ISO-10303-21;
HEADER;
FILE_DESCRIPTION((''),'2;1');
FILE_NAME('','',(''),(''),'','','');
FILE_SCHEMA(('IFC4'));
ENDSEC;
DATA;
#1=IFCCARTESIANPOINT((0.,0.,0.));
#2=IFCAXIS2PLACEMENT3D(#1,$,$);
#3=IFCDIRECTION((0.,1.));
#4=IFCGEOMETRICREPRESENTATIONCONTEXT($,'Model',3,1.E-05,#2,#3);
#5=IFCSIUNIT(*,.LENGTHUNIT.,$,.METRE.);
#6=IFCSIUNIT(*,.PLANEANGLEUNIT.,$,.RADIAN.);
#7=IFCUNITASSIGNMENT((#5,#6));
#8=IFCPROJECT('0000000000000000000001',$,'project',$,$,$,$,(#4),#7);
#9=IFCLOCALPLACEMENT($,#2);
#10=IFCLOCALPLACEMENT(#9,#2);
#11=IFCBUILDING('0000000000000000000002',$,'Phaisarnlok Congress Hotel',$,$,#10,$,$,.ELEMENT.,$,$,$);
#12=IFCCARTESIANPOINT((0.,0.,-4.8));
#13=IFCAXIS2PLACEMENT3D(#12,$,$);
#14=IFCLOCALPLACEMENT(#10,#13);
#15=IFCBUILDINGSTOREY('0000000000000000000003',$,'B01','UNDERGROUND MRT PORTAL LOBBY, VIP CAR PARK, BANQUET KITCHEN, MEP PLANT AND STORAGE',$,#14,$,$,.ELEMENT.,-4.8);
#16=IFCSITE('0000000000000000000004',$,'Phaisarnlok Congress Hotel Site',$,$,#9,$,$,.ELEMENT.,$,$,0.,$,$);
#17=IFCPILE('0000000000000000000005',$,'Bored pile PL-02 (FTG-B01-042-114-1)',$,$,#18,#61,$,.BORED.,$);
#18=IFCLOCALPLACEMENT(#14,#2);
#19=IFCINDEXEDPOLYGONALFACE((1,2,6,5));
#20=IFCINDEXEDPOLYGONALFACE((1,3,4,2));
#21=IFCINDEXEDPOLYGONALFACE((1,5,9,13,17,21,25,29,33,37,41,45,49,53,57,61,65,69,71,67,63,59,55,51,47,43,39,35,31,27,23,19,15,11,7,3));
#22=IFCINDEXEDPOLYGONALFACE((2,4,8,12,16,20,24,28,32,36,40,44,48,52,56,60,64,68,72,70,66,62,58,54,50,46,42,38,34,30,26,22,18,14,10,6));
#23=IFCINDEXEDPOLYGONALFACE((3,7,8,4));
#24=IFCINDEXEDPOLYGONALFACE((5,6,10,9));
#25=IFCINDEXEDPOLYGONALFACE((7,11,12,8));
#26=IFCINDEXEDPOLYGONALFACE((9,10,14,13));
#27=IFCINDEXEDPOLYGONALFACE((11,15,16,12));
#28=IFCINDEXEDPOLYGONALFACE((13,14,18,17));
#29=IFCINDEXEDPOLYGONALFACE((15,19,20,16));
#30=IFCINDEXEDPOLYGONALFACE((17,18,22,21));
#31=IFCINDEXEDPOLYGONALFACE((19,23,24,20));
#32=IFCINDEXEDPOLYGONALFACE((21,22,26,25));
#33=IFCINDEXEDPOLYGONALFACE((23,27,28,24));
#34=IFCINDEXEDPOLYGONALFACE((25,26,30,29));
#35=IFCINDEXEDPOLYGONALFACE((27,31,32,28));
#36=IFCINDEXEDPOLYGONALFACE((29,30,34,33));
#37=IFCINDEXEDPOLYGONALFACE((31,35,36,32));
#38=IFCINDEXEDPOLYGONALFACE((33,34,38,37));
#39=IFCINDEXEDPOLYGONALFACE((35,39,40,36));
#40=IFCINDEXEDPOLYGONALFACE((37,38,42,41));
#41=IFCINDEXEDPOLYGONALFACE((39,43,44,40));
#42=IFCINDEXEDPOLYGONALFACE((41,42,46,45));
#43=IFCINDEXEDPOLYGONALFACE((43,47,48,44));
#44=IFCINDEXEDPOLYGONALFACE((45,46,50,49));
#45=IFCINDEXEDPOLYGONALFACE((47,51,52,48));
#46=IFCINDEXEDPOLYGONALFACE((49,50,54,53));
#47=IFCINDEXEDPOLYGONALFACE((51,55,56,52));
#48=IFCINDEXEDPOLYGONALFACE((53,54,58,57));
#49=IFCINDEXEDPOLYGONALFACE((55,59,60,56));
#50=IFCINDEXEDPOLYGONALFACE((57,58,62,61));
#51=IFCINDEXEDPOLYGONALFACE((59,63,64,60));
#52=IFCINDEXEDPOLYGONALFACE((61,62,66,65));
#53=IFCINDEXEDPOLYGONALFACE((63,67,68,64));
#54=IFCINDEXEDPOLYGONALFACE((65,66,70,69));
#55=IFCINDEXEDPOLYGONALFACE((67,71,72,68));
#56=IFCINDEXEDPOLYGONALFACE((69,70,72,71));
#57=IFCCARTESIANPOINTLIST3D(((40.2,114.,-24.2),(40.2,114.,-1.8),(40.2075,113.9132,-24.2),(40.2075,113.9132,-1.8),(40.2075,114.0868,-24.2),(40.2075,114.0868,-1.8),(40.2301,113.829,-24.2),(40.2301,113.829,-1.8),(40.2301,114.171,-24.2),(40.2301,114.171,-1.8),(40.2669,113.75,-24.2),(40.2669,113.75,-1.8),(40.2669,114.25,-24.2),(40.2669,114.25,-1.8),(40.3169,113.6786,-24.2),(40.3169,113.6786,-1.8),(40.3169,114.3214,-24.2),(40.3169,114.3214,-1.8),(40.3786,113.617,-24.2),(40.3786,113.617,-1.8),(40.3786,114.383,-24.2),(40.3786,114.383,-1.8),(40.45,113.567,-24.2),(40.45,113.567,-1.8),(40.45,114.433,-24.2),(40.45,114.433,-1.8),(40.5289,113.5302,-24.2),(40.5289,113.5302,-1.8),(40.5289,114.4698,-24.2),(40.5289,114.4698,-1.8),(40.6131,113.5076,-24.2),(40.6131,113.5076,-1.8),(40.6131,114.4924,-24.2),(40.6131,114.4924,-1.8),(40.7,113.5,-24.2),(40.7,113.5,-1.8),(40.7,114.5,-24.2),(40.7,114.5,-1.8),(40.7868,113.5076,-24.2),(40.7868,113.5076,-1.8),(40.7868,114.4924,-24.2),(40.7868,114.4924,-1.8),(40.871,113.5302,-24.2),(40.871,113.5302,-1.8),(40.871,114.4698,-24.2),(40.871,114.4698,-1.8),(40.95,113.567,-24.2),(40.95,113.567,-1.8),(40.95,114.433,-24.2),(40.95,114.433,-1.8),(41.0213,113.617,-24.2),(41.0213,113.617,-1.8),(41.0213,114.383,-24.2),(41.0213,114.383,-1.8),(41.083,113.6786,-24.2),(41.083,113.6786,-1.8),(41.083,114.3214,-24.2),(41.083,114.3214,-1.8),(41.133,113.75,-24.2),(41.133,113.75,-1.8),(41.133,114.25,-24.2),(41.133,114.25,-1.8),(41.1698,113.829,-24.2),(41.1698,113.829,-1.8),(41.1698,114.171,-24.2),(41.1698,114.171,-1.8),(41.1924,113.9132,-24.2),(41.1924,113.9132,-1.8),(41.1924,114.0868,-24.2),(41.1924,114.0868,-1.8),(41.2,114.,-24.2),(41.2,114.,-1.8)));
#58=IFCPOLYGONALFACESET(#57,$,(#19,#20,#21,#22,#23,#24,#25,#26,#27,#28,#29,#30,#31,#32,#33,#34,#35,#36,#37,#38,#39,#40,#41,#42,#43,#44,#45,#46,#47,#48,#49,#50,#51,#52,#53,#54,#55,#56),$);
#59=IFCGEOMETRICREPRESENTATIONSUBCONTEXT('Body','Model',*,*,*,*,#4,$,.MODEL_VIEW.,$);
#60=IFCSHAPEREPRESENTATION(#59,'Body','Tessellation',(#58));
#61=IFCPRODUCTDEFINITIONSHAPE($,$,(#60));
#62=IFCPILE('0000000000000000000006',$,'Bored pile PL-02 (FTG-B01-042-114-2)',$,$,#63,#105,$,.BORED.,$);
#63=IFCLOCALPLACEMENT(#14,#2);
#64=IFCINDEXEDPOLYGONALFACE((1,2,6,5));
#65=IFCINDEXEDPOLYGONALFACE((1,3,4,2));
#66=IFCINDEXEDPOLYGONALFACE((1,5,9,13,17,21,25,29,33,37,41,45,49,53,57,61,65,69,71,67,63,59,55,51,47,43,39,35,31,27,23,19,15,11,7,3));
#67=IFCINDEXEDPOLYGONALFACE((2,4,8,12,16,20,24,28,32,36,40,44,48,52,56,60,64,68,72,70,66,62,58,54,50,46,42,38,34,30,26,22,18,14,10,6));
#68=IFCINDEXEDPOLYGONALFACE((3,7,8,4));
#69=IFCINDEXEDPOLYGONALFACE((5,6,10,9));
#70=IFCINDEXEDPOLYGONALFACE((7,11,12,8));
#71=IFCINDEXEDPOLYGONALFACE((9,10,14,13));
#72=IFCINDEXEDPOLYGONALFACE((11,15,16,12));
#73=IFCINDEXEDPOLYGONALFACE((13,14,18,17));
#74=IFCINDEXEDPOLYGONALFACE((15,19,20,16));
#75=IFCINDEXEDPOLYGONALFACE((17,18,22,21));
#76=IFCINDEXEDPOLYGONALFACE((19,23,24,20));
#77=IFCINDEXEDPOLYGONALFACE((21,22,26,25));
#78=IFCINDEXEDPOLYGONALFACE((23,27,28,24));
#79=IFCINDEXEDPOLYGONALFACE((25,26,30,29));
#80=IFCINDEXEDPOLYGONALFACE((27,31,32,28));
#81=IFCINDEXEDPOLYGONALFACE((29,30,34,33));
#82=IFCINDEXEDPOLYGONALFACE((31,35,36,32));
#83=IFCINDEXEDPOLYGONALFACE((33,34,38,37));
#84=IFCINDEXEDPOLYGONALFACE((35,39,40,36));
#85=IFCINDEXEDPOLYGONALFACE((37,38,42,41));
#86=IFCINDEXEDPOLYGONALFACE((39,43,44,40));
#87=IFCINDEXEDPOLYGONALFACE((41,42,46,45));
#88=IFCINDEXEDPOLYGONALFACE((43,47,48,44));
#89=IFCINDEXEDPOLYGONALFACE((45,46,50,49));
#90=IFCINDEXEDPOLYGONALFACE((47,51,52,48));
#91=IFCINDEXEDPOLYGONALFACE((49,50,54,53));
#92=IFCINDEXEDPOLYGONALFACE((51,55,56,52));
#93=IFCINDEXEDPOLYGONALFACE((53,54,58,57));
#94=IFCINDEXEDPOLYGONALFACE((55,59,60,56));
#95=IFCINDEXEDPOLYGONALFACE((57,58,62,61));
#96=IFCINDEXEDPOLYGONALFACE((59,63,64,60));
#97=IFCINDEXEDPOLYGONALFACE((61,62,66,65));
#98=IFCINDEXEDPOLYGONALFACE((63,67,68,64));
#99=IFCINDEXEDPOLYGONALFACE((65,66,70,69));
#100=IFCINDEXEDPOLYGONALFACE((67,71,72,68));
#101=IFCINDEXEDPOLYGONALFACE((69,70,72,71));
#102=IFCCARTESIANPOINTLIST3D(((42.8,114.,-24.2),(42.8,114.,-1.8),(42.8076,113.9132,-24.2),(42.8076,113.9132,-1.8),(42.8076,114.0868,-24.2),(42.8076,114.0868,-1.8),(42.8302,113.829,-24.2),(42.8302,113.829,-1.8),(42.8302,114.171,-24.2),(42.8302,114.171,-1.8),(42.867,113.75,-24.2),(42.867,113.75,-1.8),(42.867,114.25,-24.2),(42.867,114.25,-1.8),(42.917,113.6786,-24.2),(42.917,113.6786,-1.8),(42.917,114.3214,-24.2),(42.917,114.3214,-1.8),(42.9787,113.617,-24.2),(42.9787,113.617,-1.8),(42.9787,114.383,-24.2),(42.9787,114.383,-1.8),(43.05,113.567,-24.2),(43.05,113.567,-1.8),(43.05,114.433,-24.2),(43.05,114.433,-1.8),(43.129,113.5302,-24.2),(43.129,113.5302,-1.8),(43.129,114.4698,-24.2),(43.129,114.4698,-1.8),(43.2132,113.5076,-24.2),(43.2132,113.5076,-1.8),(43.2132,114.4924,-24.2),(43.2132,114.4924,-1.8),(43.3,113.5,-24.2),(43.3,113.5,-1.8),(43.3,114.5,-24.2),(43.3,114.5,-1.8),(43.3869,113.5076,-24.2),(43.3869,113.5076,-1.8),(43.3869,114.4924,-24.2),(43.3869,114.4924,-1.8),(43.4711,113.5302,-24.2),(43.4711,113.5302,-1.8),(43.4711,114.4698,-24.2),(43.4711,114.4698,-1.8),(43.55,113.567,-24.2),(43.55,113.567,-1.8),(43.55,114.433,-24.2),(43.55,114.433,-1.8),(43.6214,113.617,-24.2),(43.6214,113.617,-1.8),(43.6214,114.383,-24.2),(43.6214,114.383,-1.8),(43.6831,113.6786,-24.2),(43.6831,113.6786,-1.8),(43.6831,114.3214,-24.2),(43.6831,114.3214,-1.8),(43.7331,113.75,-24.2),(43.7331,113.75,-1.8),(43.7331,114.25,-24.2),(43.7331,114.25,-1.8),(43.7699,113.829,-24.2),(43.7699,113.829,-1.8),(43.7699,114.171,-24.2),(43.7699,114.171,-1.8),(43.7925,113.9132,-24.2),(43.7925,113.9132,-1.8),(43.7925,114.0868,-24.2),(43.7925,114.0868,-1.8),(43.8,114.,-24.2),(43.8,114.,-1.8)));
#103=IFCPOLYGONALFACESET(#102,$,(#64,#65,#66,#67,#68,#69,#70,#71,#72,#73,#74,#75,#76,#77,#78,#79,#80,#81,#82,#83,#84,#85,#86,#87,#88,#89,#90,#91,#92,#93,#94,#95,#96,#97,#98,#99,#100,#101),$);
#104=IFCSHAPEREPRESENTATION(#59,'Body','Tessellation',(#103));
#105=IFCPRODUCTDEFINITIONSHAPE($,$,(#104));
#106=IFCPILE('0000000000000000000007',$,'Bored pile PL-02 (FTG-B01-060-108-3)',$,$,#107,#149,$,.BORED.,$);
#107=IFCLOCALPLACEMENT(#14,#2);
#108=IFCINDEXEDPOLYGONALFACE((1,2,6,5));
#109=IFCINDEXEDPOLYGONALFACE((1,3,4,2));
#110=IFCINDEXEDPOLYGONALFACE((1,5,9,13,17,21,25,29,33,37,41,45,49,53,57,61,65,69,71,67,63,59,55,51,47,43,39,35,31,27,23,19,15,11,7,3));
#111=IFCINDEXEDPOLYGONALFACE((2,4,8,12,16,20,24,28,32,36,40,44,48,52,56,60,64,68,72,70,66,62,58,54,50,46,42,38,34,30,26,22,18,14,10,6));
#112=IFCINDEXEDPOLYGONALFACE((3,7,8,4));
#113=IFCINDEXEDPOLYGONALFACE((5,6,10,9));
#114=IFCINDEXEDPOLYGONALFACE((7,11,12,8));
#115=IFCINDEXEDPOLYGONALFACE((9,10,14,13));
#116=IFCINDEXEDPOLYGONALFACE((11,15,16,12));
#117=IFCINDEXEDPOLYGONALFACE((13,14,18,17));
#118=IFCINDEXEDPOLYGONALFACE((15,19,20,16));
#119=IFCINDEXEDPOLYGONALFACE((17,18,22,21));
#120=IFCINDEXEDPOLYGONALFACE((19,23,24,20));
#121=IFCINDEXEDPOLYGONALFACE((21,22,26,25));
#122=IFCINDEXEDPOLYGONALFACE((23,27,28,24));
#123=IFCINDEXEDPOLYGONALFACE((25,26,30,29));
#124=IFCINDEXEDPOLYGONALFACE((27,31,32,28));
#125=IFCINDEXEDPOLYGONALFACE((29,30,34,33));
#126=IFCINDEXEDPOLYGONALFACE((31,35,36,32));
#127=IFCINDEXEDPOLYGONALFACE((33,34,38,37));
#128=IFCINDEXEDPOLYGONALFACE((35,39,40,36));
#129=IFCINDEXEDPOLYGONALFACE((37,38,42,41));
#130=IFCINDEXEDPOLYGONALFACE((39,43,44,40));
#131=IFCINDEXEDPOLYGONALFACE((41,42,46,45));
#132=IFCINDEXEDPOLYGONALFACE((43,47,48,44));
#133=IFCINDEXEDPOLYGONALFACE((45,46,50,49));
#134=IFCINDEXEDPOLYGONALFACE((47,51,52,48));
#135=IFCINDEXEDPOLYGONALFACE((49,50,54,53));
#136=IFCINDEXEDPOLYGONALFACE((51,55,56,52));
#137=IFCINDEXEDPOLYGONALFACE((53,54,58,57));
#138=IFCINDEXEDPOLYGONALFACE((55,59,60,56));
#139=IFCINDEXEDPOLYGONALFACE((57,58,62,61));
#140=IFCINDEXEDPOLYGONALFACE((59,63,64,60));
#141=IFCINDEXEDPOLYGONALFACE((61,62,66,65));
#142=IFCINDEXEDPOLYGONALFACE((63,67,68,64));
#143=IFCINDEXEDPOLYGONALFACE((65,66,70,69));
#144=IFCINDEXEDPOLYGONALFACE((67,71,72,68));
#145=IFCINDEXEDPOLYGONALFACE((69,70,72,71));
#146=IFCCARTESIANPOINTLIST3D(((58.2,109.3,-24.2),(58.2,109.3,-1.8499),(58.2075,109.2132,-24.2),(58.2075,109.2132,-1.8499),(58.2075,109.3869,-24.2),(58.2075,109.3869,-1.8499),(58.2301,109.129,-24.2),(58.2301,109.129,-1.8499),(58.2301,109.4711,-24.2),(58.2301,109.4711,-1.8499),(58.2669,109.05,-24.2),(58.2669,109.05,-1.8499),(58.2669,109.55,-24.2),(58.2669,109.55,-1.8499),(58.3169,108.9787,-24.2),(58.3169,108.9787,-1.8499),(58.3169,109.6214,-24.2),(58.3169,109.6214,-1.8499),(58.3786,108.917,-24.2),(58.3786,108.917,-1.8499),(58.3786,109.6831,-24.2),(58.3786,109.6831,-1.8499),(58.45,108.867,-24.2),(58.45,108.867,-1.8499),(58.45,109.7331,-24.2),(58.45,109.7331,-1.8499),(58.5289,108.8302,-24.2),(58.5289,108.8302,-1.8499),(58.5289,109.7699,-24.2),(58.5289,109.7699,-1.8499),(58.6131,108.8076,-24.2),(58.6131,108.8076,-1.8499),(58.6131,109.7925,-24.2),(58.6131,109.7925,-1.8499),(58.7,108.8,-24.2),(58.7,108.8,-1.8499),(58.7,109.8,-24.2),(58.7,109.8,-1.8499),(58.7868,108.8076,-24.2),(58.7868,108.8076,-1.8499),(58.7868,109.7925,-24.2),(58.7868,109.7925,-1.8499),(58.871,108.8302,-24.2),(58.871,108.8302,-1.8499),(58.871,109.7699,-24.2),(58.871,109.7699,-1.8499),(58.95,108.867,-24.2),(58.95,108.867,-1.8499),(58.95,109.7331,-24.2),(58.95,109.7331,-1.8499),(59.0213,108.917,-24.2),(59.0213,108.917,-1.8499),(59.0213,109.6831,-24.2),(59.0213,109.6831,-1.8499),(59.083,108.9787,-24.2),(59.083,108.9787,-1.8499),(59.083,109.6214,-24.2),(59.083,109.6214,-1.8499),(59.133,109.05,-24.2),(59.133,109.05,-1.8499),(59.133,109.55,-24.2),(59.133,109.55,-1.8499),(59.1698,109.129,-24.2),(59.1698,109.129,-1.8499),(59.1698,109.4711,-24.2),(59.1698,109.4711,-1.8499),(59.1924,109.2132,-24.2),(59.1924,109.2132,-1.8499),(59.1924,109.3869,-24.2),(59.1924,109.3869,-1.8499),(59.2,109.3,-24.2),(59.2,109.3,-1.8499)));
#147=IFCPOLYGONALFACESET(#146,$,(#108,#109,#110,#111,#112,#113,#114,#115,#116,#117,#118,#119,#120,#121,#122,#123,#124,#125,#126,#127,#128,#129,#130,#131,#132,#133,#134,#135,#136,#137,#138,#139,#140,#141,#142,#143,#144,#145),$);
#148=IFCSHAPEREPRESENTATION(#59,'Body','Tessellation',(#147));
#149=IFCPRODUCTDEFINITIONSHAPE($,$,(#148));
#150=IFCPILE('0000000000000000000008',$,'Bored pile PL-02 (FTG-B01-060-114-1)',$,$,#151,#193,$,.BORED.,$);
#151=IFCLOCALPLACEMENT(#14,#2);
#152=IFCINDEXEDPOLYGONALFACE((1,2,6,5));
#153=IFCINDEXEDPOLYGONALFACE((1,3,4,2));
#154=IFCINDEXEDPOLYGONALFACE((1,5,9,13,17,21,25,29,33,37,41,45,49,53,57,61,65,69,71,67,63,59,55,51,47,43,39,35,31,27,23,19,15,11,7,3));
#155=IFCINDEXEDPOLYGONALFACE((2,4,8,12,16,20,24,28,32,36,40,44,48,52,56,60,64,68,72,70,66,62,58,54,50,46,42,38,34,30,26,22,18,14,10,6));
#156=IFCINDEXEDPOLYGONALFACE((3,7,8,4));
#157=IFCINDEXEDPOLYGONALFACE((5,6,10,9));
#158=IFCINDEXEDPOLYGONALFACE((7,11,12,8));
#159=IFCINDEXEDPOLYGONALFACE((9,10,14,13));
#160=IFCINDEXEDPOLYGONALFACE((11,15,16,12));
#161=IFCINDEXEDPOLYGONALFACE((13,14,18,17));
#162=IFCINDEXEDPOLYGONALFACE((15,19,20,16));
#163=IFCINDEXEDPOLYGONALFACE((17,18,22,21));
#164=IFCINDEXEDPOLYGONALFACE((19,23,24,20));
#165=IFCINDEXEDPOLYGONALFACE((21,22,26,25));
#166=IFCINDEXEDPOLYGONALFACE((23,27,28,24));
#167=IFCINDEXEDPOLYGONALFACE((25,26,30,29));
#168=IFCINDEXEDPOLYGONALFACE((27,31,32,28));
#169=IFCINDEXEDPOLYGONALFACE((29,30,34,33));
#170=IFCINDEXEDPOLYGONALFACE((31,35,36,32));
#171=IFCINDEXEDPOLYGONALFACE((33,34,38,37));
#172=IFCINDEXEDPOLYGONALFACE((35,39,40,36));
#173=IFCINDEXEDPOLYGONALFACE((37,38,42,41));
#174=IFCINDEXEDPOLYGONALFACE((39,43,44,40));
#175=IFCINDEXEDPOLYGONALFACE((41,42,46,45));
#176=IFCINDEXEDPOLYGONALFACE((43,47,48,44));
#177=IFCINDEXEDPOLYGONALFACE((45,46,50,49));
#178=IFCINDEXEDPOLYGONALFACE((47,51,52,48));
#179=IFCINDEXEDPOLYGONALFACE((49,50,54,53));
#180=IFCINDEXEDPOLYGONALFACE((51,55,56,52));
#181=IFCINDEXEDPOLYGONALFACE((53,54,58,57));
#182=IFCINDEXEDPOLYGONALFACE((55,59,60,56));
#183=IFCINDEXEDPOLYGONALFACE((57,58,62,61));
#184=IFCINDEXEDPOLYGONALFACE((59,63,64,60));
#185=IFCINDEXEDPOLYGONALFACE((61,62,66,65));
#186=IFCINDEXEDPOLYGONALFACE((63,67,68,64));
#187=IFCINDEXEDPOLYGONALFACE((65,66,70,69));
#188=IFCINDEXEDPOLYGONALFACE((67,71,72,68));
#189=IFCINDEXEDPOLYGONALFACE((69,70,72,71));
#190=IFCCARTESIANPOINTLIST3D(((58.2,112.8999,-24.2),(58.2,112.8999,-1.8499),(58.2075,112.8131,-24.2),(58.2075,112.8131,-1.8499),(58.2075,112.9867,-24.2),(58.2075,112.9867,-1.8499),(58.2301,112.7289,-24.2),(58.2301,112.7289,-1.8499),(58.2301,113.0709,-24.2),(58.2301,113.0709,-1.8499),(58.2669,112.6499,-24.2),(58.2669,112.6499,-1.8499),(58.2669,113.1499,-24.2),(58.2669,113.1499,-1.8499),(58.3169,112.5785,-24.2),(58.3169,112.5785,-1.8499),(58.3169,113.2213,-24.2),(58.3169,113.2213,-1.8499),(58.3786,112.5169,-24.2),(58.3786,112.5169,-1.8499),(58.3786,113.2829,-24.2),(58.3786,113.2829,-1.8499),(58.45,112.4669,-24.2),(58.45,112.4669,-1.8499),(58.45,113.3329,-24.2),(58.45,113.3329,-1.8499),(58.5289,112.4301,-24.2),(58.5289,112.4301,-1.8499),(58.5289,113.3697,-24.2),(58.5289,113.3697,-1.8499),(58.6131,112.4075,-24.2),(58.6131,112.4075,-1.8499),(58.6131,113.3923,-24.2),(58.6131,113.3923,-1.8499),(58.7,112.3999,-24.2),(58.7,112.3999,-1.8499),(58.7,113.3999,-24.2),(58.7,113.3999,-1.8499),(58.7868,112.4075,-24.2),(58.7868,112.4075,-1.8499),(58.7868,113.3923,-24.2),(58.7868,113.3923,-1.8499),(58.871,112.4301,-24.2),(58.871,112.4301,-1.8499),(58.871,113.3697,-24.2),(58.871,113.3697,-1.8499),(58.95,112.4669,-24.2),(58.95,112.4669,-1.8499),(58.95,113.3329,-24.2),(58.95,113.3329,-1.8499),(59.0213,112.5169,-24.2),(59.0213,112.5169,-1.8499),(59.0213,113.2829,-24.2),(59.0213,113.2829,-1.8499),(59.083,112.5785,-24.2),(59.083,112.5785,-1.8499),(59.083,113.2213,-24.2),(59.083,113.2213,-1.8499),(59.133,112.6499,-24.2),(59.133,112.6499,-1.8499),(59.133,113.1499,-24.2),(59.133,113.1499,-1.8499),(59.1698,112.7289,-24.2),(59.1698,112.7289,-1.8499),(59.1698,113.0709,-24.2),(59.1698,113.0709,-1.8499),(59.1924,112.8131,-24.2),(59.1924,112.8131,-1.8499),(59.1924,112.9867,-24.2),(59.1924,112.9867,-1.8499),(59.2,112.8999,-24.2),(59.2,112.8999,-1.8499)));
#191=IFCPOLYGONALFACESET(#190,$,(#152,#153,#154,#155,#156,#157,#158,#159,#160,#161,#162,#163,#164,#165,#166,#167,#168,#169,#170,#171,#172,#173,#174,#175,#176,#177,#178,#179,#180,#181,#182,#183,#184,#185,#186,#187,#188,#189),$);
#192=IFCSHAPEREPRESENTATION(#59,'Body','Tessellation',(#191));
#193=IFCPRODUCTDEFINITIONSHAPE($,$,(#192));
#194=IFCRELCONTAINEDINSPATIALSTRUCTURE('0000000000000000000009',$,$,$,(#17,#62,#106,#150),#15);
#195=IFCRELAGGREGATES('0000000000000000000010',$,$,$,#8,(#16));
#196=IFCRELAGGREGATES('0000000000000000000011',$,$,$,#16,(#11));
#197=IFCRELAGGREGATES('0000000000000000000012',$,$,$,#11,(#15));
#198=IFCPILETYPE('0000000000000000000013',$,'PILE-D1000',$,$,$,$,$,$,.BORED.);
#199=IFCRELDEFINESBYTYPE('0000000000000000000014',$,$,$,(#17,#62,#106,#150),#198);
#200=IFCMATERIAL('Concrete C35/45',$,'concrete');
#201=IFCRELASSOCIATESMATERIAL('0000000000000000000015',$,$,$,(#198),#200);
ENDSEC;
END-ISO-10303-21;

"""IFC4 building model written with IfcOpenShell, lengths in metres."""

from ifc_helpers import new_model, si_unit, direction, frame, origin, origin_2d, place, context, subcontext, project, spatial, circle, extrude, material, material_profile, profile_set, type_object, element, save


model = new_model("IFC4")

# Units and contexts
model_context = context("Model", 3, precision=1e-05, world=origin(), true_north=direction((0.0, 1.0)))
body_context = subcontext(model_context, "Body", "Model", "MODEL_VIEW")
ifc_project = project(units=[si_unit("LENGTHUNIT", "METRE"), si_unit("PLANEANGLEUNIT", "RADIAN")], contexts=[model_context])

# Site, building, storey
site_placement = place(None, origin())
site = spatial("IfcSite", under=ifc_project, at=site_placement, Name="Phaisarnlok Congress Hotel Site", CompositionType="ELEMENT", RefElevation=0.0)
building_placement = place(site_placement, origin())
building = spatial("IfcBuilding", under=site, at=building_placement, Name="Phaisarnlok Congress Hotel", CompositionType="ELEMENT")
storey_placement = place(building_placement, frame((0.0, 0.0, -4.8)))
storey = spatial("IfcBuildingStorey", under=building, at=storey_placement, Name="B01", Description="UNDERGROUND MRT PORTAL LOBBY, VIP CAR PARK, BANQUET KITCHEN, MEP PLANT AND STORAGE", CompositionType="ELEMENT", Elevation=-4.8)

# Piles
ifc_material_1 = material(Name="Concrete C35/45", Category="concrete")
ifc_material_profile_1 = material_profile(ifc_material_1, circle(Radius=0.5, at=origin_2d()), Name="BORED PILE D1000")
ifc_profile_set_1 = profile_set([ifc_material_profile_1], Name="Concrete C35/45")
pile_type_1 = type_object("IfcPileType", Name="PILE-D1000", PredefinedType="BORED", material=ifc_profile_set_1)
for number, where, z_axis, x_axis, name in (
    (1, (40.7, 114.0, -1.8), (0.0, 0.0, -1.0), (1.0, 0.0, 0.0), "Bored pile PL-02 (FTG-B01-042-114-1)"),
    (2, (43.3, 114.0, -1.8), (0.0, 0.0, -1.0), (1.0, 0.0, 0.0), "Bored pile PL-02 (FTG-B01-042-114-2)"),
):
    element("IfcPile", number, at=place(storey_placement, frame(where, z_axis=z_axis, x_axis=x_axis)), inside=storey, type_object=pile_type_1, Name=name, PredefinedType="BORED", context=body_context, shape_type="SweptSolid", body=[
        extrude(circle(Radius=0.5, at=origin_2d()), origin(), (0.0, 0.0, 1.0), 22.3999),
    ])
for number, where, z_axis, x_axis, name in (
    (3, (58.7, 109.3, -1.8499), (0.0, 0.0, -1.0), (1.0, 0.0, 0.0), "Bored pile PL-02 (FTG-B01-060-108-3)"),
    (4, (58.7, 112.8999, -1.8499), (0.0, 0.0, -1.0), (1.0, 0.0, 0.0), "Bored pile PL-02 (FTG-B01-060-114-1)"),
):
    element("IfcPile", number, at=place(storey_placement, frame(where, z_axis=z_axis, x_axis=x_axis)), inside=storey, type_object=pile_type_1, Name=name, PredefinedType="BORED", context=body_context, shape_type="SweptSolid", body=[
        extrude(circle(Radius=0.5, at=origin_2d()), origin(), (0.0, 0.0, 1.0), 22.3501),
    ])

save(model, "model.ifc")
